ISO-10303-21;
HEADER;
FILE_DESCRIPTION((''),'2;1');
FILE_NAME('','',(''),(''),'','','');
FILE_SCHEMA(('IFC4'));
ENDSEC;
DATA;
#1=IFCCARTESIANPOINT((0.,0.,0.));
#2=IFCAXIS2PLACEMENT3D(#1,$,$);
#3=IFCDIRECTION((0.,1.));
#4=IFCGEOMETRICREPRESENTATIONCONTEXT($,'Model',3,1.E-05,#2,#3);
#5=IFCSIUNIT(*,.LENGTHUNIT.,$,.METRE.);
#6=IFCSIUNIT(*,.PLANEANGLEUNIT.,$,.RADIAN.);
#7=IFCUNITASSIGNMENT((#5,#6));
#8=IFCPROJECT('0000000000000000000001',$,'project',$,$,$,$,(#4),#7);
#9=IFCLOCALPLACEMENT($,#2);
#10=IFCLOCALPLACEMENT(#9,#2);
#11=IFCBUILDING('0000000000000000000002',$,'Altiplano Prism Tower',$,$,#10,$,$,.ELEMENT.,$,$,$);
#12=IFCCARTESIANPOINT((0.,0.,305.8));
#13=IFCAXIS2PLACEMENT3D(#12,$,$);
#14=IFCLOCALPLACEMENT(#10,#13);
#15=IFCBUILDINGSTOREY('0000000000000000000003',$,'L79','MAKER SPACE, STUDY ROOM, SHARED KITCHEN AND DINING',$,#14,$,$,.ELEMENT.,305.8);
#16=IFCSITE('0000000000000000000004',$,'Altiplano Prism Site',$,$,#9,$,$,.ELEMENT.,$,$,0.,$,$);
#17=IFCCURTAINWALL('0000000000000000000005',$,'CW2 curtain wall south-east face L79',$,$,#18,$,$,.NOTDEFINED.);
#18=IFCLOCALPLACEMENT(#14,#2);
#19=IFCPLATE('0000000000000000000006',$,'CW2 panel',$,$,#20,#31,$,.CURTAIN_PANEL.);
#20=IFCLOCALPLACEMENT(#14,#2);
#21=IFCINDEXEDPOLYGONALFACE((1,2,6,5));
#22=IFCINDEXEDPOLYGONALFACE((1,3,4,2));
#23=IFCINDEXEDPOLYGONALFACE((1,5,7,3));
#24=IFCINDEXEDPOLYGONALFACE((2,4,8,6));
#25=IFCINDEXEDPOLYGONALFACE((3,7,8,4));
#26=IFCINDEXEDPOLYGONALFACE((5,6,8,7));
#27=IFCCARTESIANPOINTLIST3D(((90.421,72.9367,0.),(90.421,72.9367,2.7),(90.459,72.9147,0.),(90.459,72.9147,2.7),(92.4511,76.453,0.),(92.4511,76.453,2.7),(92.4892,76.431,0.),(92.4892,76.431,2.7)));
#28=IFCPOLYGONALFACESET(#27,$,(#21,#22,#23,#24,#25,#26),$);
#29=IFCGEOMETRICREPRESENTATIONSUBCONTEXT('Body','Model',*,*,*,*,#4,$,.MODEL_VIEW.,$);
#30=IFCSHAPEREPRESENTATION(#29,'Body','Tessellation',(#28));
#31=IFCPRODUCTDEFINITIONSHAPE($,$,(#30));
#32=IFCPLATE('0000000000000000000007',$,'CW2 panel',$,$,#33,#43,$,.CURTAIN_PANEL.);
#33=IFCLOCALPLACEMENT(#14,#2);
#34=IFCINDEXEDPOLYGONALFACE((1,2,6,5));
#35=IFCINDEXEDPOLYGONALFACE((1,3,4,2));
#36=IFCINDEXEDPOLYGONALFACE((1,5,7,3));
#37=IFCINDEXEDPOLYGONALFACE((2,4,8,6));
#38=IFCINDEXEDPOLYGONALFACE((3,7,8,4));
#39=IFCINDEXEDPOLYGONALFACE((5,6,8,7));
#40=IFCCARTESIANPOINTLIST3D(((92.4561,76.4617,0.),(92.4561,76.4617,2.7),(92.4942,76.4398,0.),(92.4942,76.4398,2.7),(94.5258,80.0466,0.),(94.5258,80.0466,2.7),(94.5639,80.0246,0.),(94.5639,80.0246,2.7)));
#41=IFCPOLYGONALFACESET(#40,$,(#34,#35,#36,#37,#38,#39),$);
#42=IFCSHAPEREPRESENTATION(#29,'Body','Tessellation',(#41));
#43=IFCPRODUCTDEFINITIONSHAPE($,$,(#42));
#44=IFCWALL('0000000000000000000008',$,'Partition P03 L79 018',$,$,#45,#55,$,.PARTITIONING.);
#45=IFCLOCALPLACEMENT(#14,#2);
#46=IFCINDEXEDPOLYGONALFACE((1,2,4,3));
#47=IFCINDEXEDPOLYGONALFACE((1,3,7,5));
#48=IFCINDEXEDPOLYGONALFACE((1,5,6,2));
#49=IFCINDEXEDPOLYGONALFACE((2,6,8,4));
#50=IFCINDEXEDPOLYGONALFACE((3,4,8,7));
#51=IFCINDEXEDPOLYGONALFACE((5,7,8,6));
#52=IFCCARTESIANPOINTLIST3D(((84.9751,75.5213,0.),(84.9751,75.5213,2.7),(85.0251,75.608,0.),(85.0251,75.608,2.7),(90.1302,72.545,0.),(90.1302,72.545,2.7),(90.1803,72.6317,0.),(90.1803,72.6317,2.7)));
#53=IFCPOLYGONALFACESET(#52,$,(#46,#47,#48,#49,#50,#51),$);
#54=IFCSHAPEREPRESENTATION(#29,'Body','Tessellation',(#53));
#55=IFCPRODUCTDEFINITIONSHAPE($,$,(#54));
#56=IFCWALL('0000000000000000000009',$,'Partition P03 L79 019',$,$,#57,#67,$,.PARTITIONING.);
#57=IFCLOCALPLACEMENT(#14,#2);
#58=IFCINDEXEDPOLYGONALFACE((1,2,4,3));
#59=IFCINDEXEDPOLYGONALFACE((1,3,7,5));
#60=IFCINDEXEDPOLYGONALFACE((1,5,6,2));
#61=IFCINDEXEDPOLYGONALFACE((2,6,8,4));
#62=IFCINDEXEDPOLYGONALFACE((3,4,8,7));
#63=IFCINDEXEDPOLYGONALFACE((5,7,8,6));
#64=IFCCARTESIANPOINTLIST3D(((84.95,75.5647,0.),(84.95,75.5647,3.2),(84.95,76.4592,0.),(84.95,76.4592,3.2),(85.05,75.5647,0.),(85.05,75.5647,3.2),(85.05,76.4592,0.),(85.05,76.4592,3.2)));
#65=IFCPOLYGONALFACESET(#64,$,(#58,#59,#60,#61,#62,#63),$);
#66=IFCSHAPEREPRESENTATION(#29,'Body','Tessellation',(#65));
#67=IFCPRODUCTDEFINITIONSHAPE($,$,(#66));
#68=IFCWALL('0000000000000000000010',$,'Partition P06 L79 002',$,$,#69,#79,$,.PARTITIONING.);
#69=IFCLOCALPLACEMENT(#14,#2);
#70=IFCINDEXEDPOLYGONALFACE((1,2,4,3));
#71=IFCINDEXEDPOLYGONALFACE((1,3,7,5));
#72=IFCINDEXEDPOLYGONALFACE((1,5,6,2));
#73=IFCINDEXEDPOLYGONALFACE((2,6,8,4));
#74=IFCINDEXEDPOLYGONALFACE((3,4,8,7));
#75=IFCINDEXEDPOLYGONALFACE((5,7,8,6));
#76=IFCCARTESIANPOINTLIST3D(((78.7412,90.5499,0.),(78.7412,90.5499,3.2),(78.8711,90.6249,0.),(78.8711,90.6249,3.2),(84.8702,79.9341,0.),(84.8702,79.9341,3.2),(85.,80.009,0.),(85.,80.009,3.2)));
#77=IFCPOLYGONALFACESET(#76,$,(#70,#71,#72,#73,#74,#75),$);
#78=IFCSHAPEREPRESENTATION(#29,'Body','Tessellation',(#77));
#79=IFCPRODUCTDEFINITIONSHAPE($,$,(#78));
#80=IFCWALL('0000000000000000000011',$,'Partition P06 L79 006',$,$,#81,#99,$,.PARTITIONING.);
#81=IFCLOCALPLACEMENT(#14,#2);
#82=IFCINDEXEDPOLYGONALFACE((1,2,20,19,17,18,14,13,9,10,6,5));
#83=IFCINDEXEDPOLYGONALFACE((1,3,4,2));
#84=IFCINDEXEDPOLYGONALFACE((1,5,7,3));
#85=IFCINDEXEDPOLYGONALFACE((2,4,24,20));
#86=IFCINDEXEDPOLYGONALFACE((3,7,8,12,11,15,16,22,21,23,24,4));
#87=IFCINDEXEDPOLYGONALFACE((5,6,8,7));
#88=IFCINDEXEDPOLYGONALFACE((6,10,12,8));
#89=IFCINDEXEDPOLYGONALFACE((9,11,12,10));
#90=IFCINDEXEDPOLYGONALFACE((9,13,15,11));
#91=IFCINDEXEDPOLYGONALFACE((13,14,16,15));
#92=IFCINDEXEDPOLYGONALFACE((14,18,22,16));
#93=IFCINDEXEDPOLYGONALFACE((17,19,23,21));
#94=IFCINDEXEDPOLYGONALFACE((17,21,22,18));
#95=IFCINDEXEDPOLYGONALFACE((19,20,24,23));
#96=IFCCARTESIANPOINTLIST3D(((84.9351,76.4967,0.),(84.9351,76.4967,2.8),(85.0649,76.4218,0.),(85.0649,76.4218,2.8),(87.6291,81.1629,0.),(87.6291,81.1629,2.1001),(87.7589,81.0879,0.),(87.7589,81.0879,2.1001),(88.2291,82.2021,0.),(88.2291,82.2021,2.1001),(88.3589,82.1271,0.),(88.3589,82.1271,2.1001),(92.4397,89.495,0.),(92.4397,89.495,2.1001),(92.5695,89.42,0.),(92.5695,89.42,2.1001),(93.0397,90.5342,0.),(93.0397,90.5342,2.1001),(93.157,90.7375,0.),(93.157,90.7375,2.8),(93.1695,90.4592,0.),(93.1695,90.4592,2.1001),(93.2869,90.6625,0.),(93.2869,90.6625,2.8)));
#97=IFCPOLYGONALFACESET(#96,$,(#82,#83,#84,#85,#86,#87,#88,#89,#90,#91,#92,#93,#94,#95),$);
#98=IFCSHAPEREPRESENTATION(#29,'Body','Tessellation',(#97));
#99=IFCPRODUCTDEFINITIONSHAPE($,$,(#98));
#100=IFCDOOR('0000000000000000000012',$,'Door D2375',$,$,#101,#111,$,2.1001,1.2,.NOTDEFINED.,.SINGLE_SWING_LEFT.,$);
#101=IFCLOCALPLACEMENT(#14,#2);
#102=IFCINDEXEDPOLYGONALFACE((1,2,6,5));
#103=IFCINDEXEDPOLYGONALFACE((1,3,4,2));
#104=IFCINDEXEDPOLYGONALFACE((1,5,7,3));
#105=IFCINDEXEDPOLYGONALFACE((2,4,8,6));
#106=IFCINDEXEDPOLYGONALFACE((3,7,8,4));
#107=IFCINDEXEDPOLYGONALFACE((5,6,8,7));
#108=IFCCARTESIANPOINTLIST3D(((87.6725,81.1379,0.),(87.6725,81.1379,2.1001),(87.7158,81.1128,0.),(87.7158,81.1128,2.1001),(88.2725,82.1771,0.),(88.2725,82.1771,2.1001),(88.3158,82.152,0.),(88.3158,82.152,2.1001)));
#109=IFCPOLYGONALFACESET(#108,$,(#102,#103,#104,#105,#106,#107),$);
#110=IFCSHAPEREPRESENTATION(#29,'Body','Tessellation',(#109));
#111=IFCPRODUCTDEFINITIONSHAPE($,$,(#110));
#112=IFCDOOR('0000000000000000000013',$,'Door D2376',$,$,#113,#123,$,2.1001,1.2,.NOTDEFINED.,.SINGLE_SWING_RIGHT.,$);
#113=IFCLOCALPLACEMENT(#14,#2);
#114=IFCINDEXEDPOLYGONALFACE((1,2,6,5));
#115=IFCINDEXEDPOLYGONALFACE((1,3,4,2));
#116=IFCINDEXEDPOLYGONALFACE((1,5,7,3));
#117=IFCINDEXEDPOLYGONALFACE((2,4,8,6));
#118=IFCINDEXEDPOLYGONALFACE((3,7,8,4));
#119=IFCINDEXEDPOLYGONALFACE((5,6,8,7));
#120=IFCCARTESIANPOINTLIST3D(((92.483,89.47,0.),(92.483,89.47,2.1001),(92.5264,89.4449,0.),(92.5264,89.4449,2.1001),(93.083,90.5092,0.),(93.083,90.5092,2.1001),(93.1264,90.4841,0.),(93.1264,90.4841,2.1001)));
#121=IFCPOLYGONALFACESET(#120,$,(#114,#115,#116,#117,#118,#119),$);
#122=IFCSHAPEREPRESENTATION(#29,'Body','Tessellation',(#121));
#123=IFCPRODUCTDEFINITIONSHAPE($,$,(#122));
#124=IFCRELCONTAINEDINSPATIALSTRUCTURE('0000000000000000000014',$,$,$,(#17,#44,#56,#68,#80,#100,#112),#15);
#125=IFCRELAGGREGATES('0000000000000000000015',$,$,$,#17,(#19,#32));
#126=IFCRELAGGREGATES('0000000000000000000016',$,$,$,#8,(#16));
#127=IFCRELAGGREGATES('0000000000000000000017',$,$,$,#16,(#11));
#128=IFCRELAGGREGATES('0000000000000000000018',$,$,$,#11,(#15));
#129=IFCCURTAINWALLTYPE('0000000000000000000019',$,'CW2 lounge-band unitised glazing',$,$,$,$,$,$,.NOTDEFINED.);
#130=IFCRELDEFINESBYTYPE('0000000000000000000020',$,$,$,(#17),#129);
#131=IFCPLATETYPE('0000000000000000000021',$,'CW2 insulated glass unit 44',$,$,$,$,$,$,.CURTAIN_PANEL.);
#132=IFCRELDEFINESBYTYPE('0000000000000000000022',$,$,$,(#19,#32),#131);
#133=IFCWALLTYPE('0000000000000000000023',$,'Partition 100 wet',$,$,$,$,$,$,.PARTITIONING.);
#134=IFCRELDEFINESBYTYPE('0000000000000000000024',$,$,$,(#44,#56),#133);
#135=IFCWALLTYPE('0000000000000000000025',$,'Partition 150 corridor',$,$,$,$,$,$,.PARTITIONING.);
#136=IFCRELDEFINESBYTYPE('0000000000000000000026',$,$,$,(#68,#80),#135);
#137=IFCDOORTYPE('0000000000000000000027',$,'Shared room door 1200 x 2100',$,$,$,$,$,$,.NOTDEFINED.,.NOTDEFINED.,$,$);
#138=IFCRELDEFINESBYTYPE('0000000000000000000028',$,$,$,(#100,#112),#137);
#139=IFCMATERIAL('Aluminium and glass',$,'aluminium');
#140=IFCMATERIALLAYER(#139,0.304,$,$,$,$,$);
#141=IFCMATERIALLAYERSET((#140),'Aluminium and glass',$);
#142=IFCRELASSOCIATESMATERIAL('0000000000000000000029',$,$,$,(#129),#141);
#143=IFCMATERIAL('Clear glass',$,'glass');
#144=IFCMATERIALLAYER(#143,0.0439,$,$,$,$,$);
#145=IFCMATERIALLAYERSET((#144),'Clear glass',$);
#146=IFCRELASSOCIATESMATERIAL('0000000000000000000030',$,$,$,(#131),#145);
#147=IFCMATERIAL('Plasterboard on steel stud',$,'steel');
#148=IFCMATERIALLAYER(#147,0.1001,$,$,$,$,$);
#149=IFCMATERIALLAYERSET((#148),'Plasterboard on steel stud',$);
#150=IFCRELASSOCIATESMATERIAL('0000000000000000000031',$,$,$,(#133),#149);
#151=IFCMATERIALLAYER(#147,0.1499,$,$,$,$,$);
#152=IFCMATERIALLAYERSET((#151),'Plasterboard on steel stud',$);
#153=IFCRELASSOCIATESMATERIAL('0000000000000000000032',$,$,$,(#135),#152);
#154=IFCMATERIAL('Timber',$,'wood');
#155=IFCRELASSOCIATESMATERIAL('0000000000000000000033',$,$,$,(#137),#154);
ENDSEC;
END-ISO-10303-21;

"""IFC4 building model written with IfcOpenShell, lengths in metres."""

from ifc_helpers import new_model, si_unit, direction, frame, frame_2d, origin, origin_2d, place, context, subcontext, project, spatial, rectangle, extrude, material, layer, layer_set, type_object, element, fill, aggregate, save


model = new_model("IFC4")

# Units and contexts
model_context = context("Model", 3, precision=1e-05, world=origin(), true_north=direction((0.0, 1.0)))
body_context = subcontext(model_context, "Body", "Model", "MODEL_VIEW")
ifc_project = project(units=[si_unit("LENGTHUNIT", "METRE"), si_unit("PLANEANGLEUNIT", "RADIAN")], contexts=[model_context])

# Site, building, storey
site_placement = place(None, origin())
site = spatial("IfcSite", under=ifc_project, at=site_placement, Name="Altiplano Prism Site", CompositionType="ELEMENT", RefElevation=0.0)
building_placement = place(site_placement, origin())
building = spatial("IfcBuilding", under=site, at=building_placement, Name="Altiplano Prism Tower", CompositionType="ELEMENT")
storey_placement = place(building_placement, frame((0.0, 0.0, 305.8)))
storey = spatial("IfcBuildingStorey", under=building, at=storey_placement, Name="L79", Description="MAKER SPACE, STUDY ROOM, SHARED KITCHEN AND DINING", CompositionType="ELEMENT", Elevation=305.8)

# Curtain wall
ifc_material_1 = material(Name="Aluminium and glass", Category="aluminium")
ifc_layer_1 = layer(ifc_material_1, 0.304)
ifc_layer_set_1 = layer_set([ifc_layer_1], Name="Aluminium and glass")
curtain_wall_type = type_object("IfcCurtainWallType", Name="CW2 lounge-band unitised glazing", PredefinedType="NOTDEFINED", material=ifc_layer_set_1)
curtain_wall_1_placement = place(storey_placement, origin())
curtain_wall_1 = element("IfcCurtainWall", 1, at=curtain_wall_1_placement, inside=storey, type_object=curtain_wall_type, Name="CW2 curtain wall south-east face L79", PredefinedType="NOTDEFINED")

# Shared definitions
ifc_material_2 = material(Name="Clear glass", Category="glass")
ifc_layer_2 = layer(ifc_material_2, 0.0439)
ifc_layer_set_2 = layer_set([ifc_layer_2], Name="Clear glass")
plate_type = type_object("IfcPlateType", Name="CW2 insulated glass unit 44", PredefinedType="CURTAIN_PANEL", material=ifc_layer_set_2)

# Plates
plate_1_placement = place(storey_placement, frame((91.4551, 74.6838, 0.0), z_axis=(0.0, 0.0, 1.0), x_axis=(0.5, 0.866025, 0.0)))
plate_1 = element("IfcPlate", 2, at=plate_1_placement, type_object=plate_type, Name="CW2 panel", PredefinedType="CURTAIN_PANEL", context=body_context, shape_type="SweptSolid", body=[
    extrude(rectangle(XDim=4.0603, YDim=0.0439, at=origin_2d()), origin(), (0.0, 0.0, 1.0), 2.7),
])
plate_2_placement = place(storey_placement, frame((93.51, 78.2432, 0.0), z_axis=(0.0, 0.0, 1.0), x_axis=(0.5, 0.866025, 0.0)))
plate_2 = element("IfcPlate", 3, at=plate_2_placement, type_object=plate_type, Name="CW2 panel", PredefinedType="CURTAIN_PANEL", context=body_context, shape_type="SweptSolid", body=[
    extrude(rectangle(XDim=4.1394, YDim=0.0439, at=origin_2d()), origin(), (0.0, 0.0, 1.0), 2.7),
])
aggregate(curtain_wall_1, [plate_1, plate_2])

# Walls
ifc_material_3 = material(Name="Plasterboard on steel stud", Category="steel")
ifc_layer_3 = layer(ifc_material_3, 0.1001)
ifc_layer_set_3 = layer_set([ifc_layer_3], Name="Plasterboard on steel stud")
wall_type_1 = type_object("IfcWallType", Name="Partition 100 wet", PredefinedType="PARTITIONING", material=ifc_layer_set_3)
wall_1_placement = place(storey_placement, frame((90.1553, 72.5884, 0.0), z_axis=(0.0, 0.0, 1.0), x_axis=(-0.866031, 0.49999, 0.0)))
element("IfcWall", 4, at=wall_1_placement, inside=storey, type_object=wall_type_1, Name="Partition P03 L79 018", PredefinedType="PARTITIONING", context=body_context, shape_type="SweptSolid", body=[
    extrude(rectangle(XDim=5.9526, YDim=0.1001, at=frame_2d((2.9763, 0.0))), origin(), (0.0, 0.0, 1.0), 2.7),
])
wall_2_placement = place(storey_placement, frame((85.0, 75.5647, 0.0), z_axis=(0.0, 0.0, 1.0), x_axis=(0.0, 1.0, 0.0)))
element("IfcWall", 5, at=wall_2_placement, inside=storey, type_object=wall_type_1, Name="Partition P03 L79 019", PredefinedType="PARTITIONING", context=body_context, shape_type="SweptSolid", body=[
    extrude(rectangle(XDim=0.8945, YDim=0.1001, at=frame_2d((0.4473, 0.0))), origin(), (0.0, 0.0, 1.0), 3.2),
])
ifc_layer_4 = layer(ifc_material_3, 0.1499)
ifc_layer_set_4 = layer_set([ifc_layer_4], Name="Plasterboard on steel stud")
wall_type_2 = type_object("IfcWallType", Name="Partition 150 corridor", PredefinedType="PARTITIONING", material=ifc_layer_set_4)
wall_3_placement = place(storey_placement, frame((84.9351, 79.9717, 0.0), z_axis=(0.0, 0.0, 1.0), x_axis=(-0.499995, 0.866028, 0.0)))
element("IfcWall", 6, at=wall_3_placement, inside=storey, type_object=wall_type_2, Name="Partition P06 L79 002", PredefinedType="PARTITIONING", context=body_context, shape_type="SweptSolid", body=[
    extrude(rectangle(XDim=12.2581, YDim=0.1499, at=frame_2d((6.1289, 0.0))), origin(), (0.0, 0.0, 1.0), 3.2),
])

# Wall, openings, doors
wall_4_placement = place(storey_placement, frame((85.0, 76.4592, 0.0), z_axis=(0.0, 0.0, 1.0), x_axis=(0.500002, 0.866024, 0.0)))
wall_4 = element("IfcWall", 7, at=wall_4_placement, inside=storey, type_object=wall_type_2, Name="Partition P06 L79 006", PredefinedType="PARTITIONING", context=body_context, shape_type="SweptSolid", body=[
    extrude(rectangle(XDim=16.4438, YDim=0.1499, at=frame_2d((8.2219, 0.0))), origin(), (0.0, 0.0, 1.0), 2.8),
])
opening_1_placement = place(wall_4_placement, frame((5.3879, 0.0, 0.0)))
opening_1 = element("IfcOpeningElement", 8, at=opening_1_placement, cuts=wall_4, PredefinedType="OPENING", context=body_context, shape_type="SweptSolid", body=[
    extrude(rectangle(XDim=1.2, YDim=2.1001, at=frame_2d((0.6001, 1.05))), frame((0.0, 0.0854, 0.0), z_axis=(0.0, -1.0, 0.0), x_axis=(1.0, 0.0, 0.0)), (0.0, 0.0, 1.0), 0.1709),
])
opening_2_placement = place(wall_4_placement, frame((15.009, 0.0, 0.0)))
opening_2 = element("IfcOpeningElement", 9, at=opening_2_placement, cuts=wall_4, PredefinedType="OPENING", context=body_context, shape_type="SweptSolid", body=[
    extrude(rectangle(XDim=1.2, YDim=2.1001, at=frame_2d((0.6001, 1.05))), frame((0.0, 0.0854, 0.0), z_axis=(0.0, -1.0, 0.0), x_axis=(1.0, 0.0, 0.0)), (0.0, 0.0, 1.0), 0.1709),
])
ifc_material_4 = material(Name="Timber", Category="wood")
door_type = type_object("IfcDoorType", Name="Shared room door 1200 x 2100", OperationType="NOTDEFINED", PredefinedType="NOTDEFINED", material=ifc_material_4)
door_1_placement = place(opening_1_placement, origin())
door_1 = element("IfcDoor", 10, at=door_1_placement, inside=storey, type_object=door_type, Name="Door D2375", OperationType="SINGLE_SWING_LEFT", OverallHeight=2.1001, OverallWidth=1.2, PredefinedType="NOTDEFINED", context=body_context, shape_type="SweptSolid", body=[
    extrude(rectangle(XDim=1.2, YDim=2.1001, at=frame_2d((0.6001, 1.05))), frame((0.0, 0.0249, 0.0), z_axis=(0.0, -1.0, 0.0), x_axis=(1.0, 0.0, 0.0)), (0.0, 0.0, 1.0), 0.05),
])
fill(opening_1, door_1)
door_2_placement = place(opening_2_placement, origin())
door_2 = element("IfcDoor", 11, at=door_2_placement, inside=storey, type_object=door_type, Name="Door D2376", OperationType="SINGLE_SWING_RIGHT", OverallHeight=2.1001, OverallWidth=1.2, PredefinedType="NOTDEFINED", context=body_context, shape_type="SweptSolid", body=[
    extrude(rectangle(XDim=1.2, YDim=2.1001, at=frame_2d((0.6001, 1.05))), frame((0.0, 0.0249, 0.0), z_axis=(0.0, -1.0, 0.0), x_axis=(1.0, 0.0, 0.0)), (0.0, 0.0, 1.0), 0.05),
])
fill(opening_2, door_2)

save(model, "model.ifc")
